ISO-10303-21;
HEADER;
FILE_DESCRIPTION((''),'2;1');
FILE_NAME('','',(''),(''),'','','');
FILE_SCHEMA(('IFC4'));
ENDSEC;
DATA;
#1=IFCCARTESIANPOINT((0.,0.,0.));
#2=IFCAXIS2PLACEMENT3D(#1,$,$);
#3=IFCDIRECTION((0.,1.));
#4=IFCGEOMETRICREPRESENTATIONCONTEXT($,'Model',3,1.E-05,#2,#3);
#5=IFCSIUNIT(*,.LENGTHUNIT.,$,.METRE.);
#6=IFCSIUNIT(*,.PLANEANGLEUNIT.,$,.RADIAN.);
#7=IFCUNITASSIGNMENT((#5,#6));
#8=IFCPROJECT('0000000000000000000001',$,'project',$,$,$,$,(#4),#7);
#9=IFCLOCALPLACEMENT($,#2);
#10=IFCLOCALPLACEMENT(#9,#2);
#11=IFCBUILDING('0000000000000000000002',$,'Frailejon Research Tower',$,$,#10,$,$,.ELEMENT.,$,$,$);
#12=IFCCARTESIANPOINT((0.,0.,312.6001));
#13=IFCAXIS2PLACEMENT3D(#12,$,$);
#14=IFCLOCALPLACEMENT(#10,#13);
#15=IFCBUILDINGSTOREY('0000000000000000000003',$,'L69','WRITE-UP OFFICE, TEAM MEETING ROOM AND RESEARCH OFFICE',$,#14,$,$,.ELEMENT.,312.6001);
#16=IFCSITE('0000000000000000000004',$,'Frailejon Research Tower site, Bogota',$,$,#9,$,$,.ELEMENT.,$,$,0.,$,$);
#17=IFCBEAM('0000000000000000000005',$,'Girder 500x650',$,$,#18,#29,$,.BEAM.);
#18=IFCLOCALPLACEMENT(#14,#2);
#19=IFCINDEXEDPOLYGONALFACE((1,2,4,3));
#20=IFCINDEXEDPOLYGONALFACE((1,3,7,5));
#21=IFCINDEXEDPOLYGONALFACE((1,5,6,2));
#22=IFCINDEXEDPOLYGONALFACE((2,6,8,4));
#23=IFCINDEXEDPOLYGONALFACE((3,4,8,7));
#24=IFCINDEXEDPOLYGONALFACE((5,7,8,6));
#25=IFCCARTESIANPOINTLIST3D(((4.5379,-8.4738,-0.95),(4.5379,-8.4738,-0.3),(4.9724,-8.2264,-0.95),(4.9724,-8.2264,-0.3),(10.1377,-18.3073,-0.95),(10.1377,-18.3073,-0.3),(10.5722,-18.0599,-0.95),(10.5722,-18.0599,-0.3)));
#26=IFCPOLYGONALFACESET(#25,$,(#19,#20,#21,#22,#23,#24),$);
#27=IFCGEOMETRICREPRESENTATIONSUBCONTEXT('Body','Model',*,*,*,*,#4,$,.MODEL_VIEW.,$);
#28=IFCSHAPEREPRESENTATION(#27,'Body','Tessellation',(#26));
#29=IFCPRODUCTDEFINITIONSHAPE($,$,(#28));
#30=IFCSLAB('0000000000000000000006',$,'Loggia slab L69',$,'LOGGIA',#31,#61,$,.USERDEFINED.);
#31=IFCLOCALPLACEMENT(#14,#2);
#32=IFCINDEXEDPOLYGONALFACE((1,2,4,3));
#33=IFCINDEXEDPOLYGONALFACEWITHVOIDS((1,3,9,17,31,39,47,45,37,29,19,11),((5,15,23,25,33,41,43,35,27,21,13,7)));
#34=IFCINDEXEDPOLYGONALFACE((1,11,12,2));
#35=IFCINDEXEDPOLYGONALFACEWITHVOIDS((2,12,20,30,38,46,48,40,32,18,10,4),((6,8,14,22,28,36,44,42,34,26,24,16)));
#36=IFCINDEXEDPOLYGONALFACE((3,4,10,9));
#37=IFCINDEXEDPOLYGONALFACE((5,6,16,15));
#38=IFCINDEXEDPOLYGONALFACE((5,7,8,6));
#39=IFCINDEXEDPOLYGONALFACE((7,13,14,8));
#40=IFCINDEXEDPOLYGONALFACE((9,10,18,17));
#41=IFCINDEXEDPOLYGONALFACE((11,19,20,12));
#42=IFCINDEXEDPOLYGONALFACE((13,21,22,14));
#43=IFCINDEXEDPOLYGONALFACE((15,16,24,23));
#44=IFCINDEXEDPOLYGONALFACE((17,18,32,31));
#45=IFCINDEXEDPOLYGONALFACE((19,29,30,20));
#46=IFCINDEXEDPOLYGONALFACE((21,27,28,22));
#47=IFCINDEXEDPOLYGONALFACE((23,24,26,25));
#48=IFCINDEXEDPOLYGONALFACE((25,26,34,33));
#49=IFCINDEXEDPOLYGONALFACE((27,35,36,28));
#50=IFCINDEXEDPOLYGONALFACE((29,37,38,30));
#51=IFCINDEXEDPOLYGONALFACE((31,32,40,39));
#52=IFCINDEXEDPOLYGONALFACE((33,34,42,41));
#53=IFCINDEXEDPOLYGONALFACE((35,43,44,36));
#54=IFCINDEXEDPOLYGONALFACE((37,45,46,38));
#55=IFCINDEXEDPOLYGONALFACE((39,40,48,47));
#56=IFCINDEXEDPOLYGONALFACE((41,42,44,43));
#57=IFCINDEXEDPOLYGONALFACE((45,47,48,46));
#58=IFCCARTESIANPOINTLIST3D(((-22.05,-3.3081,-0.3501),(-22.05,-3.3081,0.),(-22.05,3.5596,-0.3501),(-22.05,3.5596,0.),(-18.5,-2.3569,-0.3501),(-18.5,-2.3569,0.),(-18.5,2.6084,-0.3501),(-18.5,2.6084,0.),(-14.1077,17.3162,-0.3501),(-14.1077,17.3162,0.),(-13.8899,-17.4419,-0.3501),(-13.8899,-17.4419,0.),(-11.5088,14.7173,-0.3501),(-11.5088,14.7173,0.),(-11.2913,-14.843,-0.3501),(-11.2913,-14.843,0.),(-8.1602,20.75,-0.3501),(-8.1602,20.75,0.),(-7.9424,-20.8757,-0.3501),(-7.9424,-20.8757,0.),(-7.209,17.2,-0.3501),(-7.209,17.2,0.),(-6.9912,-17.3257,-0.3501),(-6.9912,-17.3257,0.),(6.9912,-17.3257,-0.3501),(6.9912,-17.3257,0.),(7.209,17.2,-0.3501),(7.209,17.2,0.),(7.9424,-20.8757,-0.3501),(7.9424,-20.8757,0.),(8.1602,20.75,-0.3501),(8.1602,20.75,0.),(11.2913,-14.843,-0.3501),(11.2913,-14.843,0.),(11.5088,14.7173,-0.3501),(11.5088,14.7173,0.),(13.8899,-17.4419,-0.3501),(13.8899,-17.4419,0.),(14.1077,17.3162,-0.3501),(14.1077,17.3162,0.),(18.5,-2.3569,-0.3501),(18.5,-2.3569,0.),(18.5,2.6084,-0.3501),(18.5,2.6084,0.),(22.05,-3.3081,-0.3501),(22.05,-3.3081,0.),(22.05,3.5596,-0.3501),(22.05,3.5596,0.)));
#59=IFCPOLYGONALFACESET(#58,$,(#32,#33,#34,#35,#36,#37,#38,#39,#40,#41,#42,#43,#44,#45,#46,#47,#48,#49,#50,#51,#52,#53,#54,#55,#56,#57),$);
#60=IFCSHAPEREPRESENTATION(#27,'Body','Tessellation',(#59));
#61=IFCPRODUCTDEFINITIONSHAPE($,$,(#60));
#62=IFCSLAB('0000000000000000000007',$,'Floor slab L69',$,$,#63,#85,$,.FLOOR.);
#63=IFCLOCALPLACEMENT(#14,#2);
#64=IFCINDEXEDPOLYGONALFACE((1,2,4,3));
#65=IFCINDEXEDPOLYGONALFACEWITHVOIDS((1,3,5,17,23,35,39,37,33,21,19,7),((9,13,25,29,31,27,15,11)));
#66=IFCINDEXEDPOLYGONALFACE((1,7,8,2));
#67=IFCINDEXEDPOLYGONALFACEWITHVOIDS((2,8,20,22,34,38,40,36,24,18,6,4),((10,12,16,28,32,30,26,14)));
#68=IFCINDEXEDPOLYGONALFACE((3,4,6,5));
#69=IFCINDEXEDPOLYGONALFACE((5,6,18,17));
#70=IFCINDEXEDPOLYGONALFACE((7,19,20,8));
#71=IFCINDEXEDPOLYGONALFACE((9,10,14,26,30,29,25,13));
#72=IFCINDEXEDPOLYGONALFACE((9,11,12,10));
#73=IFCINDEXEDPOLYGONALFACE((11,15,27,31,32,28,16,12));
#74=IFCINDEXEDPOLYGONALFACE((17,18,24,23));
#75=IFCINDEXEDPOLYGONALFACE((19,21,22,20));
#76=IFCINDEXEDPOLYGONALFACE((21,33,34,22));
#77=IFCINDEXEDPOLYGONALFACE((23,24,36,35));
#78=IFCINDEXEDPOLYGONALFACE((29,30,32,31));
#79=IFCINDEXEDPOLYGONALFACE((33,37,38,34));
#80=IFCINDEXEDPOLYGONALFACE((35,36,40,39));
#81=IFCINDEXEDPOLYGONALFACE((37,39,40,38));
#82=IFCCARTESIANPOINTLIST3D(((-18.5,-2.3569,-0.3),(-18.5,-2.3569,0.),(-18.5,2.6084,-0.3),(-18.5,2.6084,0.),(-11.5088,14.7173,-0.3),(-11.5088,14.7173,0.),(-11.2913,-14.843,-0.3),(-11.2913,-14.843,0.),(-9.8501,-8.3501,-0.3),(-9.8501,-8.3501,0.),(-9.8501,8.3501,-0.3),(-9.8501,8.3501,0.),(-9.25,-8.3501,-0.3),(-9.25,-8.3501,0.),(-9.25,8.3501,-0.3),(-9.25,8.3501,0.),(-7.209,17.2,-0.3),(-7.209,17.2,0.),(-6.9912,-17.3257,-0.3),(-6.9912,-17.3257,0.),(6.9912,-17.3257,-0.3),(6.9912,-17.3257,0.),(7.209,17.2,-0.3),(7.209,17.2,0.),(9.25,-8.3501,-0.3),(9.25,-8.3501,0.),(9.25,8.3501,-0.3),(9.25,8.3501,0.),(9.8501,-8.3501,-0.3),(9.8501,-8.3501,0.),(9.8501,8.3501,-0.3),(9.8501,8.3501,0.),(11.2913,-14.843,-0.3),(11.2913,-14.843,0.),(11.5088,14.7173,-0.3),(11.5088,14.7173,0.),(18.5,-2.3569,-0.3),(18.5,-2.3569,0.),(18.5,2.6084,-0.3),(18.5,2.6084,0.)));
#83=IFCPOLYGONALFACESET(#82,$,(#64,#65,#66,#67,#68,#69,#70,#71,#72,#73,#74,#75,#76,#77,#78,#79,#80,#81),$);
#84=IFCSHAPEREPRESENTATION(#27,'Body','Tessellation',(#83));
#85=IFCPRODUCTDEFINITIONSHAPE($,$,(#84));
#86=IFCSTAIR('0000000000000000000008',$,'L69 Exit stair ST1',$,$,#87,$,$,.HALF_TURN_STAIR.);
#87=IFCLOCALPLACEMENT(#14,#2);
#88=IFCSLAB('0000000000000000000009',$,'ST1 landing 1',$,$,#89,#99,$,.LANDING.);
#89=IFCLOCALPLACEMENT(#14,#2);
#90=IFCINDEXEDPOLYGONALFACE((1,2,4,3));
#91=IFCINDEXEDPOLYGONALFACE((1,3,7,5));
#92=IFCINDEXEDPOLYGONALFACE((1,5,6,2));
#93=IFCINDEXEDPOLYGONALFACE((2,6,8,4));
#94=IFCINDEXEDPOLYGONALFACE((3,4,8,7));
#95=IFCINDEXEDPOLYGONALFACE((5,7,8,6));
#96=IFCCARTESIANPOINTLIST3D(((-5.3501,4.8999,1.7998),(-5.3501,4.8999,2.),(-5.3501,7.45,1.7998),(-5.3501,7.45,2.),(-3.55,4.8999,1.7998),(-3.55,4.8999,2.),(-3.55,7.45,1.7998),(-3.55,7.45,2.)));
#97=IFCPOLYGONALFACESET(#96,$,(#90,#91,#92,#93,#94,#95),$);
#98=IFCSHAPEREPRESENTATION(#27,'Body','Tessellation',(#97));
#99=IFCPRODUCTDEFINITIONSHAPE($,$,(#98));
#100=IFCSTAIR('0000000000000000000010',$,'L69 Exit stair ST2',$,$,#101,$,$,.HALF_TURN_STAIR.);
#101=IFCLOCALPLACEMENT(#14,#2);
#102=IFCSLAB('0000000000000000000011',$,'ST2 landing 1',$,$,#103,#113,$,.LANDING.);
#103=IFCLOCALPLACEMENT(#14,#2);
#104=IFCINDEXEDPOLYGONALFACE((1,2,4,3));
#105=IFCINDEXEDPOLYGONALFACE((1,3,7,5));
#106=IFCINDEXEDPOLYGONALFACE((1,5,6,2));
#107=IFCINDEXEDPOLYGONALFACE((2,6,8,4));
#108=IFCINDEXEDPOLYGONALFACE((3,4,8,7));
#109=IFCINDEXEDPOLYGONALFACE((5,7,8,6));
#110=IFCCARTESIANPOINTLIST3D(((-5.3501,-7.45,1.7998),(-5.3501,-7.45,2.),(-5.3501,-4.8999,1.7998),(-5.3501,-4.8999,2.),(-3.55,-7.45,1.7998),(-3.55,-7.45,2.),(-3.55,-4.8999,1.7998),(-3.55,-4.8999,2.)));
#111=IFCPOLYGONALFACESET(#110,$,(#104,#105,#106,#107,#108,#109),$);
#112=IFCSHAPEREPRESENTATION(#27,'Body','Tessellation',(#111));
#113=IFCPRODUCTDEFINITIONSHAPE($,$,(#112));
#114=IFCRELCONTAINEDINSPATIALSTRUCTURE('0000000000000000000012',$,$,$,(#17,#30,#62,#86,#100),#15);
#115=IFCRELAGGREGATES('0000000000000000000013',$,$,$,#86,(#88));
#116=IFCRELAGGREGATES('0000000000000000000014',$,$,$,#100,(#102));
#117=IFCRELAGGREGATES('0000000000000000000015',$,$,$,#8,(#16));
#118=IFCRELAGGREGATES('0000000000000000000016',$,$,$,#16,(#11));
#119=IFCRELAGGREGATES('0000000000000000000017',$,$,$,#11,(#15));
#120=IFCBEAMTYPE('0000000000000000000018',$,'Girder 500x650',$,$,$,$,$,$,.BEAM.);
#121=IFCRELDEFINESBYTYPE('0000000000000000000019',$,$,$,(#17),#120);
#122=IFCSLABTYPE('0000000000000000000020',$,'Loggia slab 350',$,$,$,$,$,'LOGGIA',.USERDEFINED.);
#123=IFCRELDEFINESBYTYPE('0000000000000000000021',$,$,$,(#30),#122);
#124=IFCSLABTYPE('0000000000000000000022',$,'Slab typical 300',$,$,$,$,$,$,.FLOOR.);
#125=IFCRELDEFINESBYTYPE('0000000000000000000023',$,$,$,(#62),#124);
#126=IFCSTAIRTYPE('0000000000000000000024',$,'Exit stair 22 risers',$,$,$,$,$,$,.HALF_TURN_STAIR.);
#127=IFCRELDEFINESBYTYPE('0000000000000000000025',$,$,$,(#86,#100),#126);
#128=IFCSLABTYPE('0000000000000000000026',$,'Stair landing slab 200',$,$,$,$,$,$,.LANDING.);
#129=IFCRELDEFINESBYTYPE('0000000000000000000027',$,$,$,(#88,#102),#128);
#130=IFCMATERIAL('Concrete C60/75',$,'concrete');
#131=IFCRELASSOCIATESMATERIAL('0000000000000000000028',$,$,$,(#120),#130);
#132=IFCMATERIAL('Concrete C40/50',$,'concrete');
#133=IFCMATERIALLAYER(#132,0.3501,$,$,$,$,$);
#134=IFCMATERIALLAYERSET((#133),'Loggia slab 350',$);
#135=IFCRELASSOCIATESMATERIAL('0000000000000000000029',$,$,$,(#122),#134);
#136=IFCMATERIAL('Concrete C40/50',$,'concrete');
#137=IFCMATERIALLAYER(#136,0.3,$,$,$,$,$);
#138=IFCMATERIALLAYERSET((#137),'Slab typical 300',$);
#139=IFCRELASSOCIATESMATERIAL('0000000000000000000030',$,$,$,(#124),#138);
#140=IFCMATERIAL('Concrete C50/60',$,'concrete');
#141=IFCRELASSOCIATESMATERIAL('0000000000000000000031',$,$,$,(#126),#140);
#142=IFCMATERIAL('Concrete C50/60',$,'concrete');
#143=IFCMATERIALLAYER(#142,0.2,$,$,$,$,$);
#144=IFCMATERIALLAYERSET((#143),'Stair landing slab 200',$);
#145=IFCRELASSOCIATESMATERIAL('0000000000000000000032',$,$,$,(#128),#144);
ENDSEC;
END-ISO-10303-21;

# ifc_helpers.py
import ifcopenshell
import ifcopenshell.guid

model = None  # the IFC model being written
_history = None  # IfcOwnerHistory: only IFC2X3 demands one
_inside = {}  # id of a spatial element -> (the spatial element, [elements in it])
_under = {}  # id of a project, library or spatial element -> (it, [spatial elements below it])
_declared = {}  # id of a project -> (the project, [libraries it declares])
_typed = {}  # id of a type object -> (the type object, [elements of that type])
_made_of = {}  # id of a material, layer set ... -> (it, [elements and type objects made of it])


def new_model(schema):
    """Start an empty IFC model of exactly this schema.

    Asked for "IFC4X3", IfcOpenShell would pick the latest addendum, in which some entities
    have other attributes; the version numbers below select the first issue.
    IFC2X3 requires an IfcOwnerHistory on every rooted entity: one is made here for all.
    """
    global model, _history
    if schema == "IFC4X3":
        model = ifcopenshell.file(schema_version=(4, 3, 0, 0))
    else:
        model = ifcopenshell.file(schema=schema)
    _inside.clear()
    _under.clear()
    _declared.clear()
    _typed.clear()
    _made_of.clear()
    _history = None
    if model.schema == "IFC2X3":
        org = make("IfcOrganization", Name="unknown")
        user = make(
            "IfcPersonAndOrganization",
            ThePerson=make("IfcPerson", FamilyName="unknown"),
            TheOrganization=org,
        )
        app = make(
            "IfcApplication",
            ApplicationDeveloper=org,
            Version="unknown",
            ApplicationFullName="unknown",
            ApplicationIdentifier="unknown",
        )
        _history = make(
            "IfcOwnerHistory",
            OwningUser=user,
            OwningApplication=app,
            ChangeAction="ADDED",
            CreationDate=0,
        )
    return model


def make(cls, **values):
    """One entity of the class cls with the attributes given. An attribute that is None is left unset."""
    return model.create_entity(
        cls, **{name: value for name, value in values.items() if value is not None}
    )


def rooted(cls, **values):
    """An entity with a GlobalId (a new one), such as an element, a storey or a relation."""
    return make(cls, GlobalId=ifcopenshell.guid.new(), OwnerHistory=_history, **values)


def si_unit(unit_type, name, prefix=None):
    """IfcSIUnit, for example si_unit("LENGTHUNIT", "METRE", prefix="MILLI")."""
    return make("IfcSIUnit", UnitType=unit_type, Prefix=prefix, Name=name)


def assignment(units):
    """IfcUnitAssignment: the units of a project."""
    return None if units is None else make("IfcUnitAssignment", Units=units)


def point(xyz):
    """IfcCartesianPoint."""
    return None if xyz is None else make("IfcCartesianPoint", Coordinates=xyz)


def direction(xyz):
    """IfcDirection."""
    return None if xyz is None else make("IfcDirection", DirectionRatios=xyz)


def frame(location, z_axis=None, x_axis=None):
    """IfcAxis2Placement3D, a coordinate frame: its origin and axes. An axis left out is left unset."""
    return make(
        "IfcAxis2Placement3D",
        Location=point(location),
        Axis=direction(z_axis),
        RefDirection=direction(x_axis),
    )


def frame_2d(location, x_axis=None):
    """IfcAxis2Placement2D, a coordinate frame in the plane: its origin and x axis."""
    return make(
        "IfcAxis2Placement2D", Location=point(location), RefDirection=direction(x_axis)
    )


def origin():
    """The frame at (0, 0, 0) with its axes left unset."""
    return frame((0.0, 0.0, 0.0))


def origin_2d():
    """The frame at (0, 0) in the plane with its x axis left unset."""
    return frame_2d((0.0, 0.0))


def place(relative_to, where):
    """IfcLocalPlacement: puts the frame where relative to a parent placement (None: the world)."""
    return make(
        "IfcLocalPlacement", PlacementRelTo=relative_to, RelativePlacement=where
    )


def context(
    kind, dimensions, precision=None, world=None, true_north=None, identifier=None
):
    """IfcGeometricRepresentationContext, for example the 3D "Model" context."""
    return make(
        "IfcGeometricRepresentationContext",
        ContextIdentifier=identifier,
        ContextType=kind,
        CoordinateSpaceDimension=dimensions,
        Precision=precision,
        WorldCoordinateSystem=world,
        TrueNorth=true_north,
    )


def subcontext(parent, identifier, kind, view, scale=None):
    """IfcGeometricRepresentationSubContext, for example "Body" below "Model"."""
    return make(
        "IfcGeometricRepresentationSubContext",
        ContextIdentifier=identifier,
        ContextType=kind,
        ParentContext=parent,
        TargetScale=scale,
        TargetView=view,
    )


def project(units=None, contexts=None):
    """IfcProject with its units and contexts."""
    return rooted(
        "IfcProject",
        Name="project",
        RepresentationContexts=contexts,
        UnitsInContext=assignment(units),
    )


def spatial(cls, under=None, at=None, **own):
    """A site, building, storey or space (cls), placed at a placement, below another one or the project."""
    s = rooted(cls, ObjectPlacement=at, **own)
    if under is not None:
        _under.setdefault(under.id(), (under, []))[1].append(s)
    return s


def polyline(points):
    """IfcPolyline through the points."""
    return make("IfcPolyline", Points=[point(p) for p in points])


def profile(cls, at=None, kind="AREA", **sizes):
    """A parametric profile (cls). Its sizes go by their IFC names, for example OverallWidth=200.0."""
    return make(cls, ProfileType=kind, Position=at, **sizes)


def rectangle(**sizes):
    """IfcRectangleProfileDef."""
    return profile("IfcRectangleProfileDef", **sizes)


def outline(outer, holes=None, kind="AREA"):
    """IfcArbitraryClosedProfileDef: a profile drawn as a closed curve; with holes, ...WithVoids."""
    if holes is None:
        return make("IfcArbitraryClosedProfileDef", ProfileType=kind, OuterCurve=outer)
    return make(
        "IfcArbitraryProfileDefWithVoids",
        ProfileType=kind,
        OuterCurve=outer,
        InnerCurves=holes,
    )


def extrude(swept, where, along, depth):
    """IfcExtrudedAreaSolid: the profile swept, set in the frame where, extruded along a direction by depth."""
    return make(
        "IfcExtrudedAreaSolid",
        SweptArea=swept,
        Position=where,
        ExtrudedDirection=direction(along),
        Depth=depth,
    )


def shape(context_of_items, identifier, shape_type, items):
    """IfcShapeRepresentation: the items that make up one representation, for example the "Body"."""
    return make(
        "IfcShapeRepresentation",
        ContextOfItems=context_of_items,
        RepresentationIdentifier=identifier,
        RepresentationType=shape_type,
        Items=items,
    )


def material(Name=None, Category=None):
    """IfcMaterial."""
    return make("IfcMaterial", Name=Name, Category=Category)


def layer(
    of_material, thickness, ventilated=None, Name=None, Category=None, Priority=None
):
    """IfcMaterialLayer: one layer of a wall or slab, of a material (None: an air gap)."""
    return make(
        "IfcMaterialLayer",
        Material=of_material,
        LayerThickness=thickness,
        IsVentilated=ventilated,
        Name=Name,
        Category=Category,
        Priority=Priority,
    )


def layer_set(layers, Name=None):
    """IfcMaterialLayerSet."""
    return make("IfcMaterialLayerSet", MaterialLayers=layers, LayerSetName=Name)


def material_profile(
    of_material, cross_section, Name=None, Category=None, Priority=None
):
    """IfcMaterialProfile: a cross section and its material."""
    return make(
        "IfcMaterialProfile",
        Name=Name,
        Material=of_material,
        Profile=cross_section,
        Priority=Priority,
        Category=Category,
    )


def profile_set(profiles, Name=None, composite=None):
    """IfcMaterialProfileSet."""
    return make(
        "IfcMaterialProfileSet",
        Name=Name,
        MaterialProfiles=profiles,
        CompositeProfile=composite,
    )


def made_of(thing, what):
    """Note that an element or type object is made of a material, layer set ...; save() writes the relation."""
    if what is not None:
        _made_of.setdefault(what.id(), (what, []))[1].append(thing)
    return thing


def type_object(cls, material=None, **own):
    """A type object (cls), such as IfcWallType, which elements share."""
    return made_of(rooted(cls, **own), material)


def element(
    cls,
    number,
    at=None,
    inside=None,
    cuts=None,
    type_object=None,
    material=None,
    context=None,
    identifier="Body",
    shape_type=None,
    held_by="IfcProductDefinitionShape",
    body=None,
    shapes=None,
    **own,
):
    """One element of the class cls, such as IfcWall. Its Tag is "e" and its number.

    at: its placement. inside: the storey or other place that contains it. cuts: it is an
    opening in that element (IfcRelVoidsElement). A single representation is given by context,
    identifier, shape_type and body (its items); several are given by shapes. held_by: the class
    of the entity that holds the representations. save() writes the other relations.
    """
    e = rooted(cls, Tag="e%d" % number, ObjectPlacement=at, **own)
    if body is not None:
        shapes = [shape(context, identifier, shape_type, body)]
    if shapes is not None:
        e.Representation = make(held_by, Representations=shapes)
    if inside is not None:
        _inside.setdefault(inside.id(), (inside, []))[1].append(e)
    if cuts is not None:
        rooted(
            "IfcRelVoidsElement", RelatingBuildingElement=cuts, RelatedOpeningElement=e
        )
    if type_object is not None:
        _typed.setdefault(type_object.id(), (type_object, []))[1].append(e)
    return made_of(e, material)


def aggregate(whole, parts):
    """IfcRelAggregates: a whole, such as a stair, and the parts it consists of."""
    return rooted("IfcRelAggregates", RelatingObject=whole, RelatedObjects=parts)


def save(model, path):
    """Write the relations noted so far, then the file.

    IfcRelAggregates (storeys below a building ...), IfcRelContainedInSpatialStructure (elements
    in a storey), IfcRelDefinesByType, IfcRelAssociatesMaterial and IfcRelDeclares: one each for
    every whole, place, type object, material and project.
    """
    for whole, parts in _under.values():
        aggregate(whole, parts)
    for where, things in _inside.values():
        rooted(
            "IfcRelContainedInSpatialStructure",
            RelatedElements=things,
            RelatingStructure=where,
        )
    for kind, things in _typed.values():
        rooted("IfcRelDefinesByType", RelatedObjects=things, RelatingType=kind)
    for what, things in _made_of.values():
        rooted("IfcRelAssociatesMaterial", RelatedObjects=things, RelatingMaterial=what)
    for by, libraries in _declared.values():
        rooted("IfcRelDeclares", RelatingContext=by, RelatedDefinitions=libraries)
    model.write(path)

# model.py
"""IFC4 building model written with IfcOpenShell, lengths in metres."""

from ifc_helpers import new_model, si_unit, direction, frame, origin, origin_2d, place, context, subcontext, project, spatial, polyline, rectangle, outline, extrude, material, layer, layer_set, material_profile, profile_set, type_object, element, aggregate, save


model = new_model("IFC4")

# Units and contexts
model_context = context("Model", 3, precision=1e-05, world=origin(), true_north=direction((0.0, 1.0)))
body_context = subcontext(model_context, "Body", "Model", "MODEL_VIEW")
ifc_project = project(units=[si_unit("LENGTHUNIT", "METRE"), si_unit("PLANEANGLEUNIT", "RADIAN")], contexts=[model_context])

# Site, building, storey
site_placement = place(None, origin())
site = spatial("IfcSite", under=ifc_project, at=site_placement, Name="Frailejon Research Tower site, Bogota", CompositionType="ELEMENT", RefElevation=0.0)
building_placement = place(site_placement, origin())
building = spatial("IfcBuilding", under=site, at=building_placement, Name="Frailejon Research Tower", CompositionType="ELEMENT")
storey_placement = place(building_placement, frame((0.0, 0.0, 312.6001)))
storey = spatial("IfcBuildingStorey", under=building, at=storey_placement, Name="L69", Description="WRITE-UP OFFICE, TEAM MEETING ROOM AND RESEARCH OFFICE", CompositionType="ELEMENT", Elevation=312.6001)

# Beam
ifc_material_1 = material(Name="Concrete C60/75", Category="concrete")
ifc_material_profile = material_profile(ifc_material_1, rectangle(XDim=0.5, YDim=0.6499, at=origin_2d()), Name="Girder 500x650")
ifc_profile_set = profile_set([ifc_material_profile], Name="Concrete C60/75")
beam_type = type_object("IfcBeamType", Name="Girder 500x650", PredefinedType="BEAM", material=ifc_profile_set)
beam_placement = place(storey_placement, frame((10.355, -18.1836, -0.625), z_axis=(-0.494854, 0.868976, 0.0), x_axis=(-0.868976, -0.494854, 0.0)))
element("IfcBeam", 1, at=beam_placement, inside=storey, type_object=beam_type, Name="Girder 500x650", PredefinedType="BEAM", context=body_context, shape_type="SweptSolid", body=[
    extrude(rectangle(XDim=0.5, YDim=0.6499, at=origin_2d()), origin(), (0.0, 0.0, 1.0), 11.3162),
])

# Slabs
ifc_material_2 = material(Name="Concrete C40/50", Category="concrete")
ifc_layer_1 = layer(ifc_material_2, 0.3501)
ifc_layer_set_1 = layer_set([ifc_layer_1], Name="Loggia slab 350")
slab_type_1 = type_object("IfcSlabType", Name="Loggia slab 350", ElementType="LOGGIA", PredefinedType="USERDEFINED", material=ifc_layer_set_1)
slab_1_placement = place(storey_placement, frame((0.0, 0.0, -0.3501)))
element("IfcSlab", 2, at=slab_1_placement, inside=storey, type_object=slab_type_1, Name="Loggia slab L69", ObjectType="LOGGIA", PredefinedType="USERDEFINED", context=body_context, shape_type="SweptSolid", body=[
    extrude(outline(polyline([(13.8899, -17.4419), (7.9424, -20.8757), (-7.9424, -20.8757), (-13.8899, -17.4419), (-22.05, -3.3081), (-22.05, 3.5596), (-14.1077, 17.3162), (-8.1602, 20.75), (8.1602, 20.75), (14.1077, 17.3162), (22.05, 3.5596), (22.05, -3.3081), (13.8899, -17.4419)]), holes=[polyline([(18.5, 2.6084), (11.5088, 14.7173), (7.209, 17.2), (-7.209, 17.2), (-11.5088, 14.7173), (-18.5, 2.6084), (-18.5, -2.3569), (-11.2913, -14.843), (-6.9912, -17.3257), (6.9912, -17.3257), (11.2913, -14.843), (18.5, -2.3569), (18.5, 2.6084)])]), origin(), (0.0, 0.0, 1.0), 0.3501),
])
ifc_material_3 = material(Name="Concrete C40/50", Category="concrete")
ifc_layer_2 = layer(ifc_material_3, 0.3)
ifc_layer_set_2 = layer_set([ifc_layer_2], Name="Slab typical 300")
slab_type_2 = type_object("IfcSlabType", Name="Slab typical 300", PredefinedType="FLOOR", material=ifc_layer_set_2)
slab_2_placement = place(storey_placement, frame((0.0, 0.0, -0.3)))
element("IfcSlab", 3, at=slab_2_placement, inside=storey, type_object=slab_type_2, Name="Floor slab L69", PredefinedType="FLOOR", context=body_context, shape_type="SweptSolid", body=[
    extrude(outline(polyline([(18.5, -2.3569), (18.5, 2.6084), (11.5088, 14.7173), (7.209, 17.2), (-7.209, 17.2), (-11.5088, 14.7173), (-18.5, 2.6084), (-18.5, -2.3569), (-11.2913, -14.843), (-6.9912, -17.3257), (6.9912, -17.3257), (11.2913, -14.843), (18.5, -2.3569)]), holes=[polyline([(9.25, 8.3501), (9.8501, 8.3501), (9.8501, -8.3501), (9.25, -8.3501), (-9.25, -8.3501), (-9.8501, -8.3501), (-9.8501, 8.3501), (-9.25, 8.3501), (9.25, 8.3501)])]), origin(), (0.0, 0.0, 1.0), 0.3),
])

# Stairs, slabs
ifc_material_4 = material(Name="Concrete C50/60", Category="concrete")
stair_type = type_object("IfcStairType", Name="Exit stair 22 risers", PredefinedType="HALF_TURN_STAIR", material=ifc_material_4)
stair_1_placement = place(storey_placement, origin())
stair_1 = element("IfcStair", 4, at=stair_1_placement, inside=storey, type_object=stair_type, Name="L69 Exit stair ST1", PredefinedType="HALF_TURN_STAIR")
ifc_material_5 = material(Name="Concrete C50/60", Category="concrete")
ifc_layer_3 = layer(ifc_material_5, 0.2)
ifc_layer_set_3 = layer_set([ifc_layer_3], Name="Stair landing slab 200")
slab_type_3 = type_object("IfcSlabType", Name="Stair landing slab 200", PredefinedType="LANDING", material=ifc_layer_set_3)
slab_3_placement = place(storey_placement, frame((0.0, 0.0, 1.7998)))
slab_3 = element("IfcSlab", 5, at=slab_3_placement, type_object=slab_type_3, Name="ST1 landing 1", PredefinedType="LANDING", context=body_context, shape_type="SweptSolid", body=[
    extrude(outline(polyline([(-5.3501, 4.8999), (-3.55, 4.8999), (-3.55, 7.45), (-5.3501, 7.45), (-5.3501, 4.8999)])), origin(), (0.0, 0.0, 1.0), 0.2002),
])
aggregate(stair_1, [slab_3])
stair_2_placement = place(storey_placement, origin())
stair_2 = element("IfcStair", 6, at=stair_2_placement, inside=storey, type_object=stair_type, Name="L69 Exit stair ST2", PredefinedType="HALF_TURN_STAIR")
slab_4_placement = place(storey_placement, frame((0.0, 0.0, 1.7998)))
slab_4 = element("IfcSlab", 7, at=slab_4_placement, type_object=slab_type_3, Name="ST2 landing 1", PredefinedType="LANDING", context=body_context, shape_type="SweptSolid", body=[
    extrude(outline(polyline([(-5.3501, -7.45), (-3.55, -7.45), (-3.55, -4.8999), (-5.3501, -4.8999), (-5.3501, -7.45)])), origin(), (0.0, 0.0, 1.0), 0.2002),
])
aggregate(stair_2, [slab_4])

save(model, "model.ifc")
